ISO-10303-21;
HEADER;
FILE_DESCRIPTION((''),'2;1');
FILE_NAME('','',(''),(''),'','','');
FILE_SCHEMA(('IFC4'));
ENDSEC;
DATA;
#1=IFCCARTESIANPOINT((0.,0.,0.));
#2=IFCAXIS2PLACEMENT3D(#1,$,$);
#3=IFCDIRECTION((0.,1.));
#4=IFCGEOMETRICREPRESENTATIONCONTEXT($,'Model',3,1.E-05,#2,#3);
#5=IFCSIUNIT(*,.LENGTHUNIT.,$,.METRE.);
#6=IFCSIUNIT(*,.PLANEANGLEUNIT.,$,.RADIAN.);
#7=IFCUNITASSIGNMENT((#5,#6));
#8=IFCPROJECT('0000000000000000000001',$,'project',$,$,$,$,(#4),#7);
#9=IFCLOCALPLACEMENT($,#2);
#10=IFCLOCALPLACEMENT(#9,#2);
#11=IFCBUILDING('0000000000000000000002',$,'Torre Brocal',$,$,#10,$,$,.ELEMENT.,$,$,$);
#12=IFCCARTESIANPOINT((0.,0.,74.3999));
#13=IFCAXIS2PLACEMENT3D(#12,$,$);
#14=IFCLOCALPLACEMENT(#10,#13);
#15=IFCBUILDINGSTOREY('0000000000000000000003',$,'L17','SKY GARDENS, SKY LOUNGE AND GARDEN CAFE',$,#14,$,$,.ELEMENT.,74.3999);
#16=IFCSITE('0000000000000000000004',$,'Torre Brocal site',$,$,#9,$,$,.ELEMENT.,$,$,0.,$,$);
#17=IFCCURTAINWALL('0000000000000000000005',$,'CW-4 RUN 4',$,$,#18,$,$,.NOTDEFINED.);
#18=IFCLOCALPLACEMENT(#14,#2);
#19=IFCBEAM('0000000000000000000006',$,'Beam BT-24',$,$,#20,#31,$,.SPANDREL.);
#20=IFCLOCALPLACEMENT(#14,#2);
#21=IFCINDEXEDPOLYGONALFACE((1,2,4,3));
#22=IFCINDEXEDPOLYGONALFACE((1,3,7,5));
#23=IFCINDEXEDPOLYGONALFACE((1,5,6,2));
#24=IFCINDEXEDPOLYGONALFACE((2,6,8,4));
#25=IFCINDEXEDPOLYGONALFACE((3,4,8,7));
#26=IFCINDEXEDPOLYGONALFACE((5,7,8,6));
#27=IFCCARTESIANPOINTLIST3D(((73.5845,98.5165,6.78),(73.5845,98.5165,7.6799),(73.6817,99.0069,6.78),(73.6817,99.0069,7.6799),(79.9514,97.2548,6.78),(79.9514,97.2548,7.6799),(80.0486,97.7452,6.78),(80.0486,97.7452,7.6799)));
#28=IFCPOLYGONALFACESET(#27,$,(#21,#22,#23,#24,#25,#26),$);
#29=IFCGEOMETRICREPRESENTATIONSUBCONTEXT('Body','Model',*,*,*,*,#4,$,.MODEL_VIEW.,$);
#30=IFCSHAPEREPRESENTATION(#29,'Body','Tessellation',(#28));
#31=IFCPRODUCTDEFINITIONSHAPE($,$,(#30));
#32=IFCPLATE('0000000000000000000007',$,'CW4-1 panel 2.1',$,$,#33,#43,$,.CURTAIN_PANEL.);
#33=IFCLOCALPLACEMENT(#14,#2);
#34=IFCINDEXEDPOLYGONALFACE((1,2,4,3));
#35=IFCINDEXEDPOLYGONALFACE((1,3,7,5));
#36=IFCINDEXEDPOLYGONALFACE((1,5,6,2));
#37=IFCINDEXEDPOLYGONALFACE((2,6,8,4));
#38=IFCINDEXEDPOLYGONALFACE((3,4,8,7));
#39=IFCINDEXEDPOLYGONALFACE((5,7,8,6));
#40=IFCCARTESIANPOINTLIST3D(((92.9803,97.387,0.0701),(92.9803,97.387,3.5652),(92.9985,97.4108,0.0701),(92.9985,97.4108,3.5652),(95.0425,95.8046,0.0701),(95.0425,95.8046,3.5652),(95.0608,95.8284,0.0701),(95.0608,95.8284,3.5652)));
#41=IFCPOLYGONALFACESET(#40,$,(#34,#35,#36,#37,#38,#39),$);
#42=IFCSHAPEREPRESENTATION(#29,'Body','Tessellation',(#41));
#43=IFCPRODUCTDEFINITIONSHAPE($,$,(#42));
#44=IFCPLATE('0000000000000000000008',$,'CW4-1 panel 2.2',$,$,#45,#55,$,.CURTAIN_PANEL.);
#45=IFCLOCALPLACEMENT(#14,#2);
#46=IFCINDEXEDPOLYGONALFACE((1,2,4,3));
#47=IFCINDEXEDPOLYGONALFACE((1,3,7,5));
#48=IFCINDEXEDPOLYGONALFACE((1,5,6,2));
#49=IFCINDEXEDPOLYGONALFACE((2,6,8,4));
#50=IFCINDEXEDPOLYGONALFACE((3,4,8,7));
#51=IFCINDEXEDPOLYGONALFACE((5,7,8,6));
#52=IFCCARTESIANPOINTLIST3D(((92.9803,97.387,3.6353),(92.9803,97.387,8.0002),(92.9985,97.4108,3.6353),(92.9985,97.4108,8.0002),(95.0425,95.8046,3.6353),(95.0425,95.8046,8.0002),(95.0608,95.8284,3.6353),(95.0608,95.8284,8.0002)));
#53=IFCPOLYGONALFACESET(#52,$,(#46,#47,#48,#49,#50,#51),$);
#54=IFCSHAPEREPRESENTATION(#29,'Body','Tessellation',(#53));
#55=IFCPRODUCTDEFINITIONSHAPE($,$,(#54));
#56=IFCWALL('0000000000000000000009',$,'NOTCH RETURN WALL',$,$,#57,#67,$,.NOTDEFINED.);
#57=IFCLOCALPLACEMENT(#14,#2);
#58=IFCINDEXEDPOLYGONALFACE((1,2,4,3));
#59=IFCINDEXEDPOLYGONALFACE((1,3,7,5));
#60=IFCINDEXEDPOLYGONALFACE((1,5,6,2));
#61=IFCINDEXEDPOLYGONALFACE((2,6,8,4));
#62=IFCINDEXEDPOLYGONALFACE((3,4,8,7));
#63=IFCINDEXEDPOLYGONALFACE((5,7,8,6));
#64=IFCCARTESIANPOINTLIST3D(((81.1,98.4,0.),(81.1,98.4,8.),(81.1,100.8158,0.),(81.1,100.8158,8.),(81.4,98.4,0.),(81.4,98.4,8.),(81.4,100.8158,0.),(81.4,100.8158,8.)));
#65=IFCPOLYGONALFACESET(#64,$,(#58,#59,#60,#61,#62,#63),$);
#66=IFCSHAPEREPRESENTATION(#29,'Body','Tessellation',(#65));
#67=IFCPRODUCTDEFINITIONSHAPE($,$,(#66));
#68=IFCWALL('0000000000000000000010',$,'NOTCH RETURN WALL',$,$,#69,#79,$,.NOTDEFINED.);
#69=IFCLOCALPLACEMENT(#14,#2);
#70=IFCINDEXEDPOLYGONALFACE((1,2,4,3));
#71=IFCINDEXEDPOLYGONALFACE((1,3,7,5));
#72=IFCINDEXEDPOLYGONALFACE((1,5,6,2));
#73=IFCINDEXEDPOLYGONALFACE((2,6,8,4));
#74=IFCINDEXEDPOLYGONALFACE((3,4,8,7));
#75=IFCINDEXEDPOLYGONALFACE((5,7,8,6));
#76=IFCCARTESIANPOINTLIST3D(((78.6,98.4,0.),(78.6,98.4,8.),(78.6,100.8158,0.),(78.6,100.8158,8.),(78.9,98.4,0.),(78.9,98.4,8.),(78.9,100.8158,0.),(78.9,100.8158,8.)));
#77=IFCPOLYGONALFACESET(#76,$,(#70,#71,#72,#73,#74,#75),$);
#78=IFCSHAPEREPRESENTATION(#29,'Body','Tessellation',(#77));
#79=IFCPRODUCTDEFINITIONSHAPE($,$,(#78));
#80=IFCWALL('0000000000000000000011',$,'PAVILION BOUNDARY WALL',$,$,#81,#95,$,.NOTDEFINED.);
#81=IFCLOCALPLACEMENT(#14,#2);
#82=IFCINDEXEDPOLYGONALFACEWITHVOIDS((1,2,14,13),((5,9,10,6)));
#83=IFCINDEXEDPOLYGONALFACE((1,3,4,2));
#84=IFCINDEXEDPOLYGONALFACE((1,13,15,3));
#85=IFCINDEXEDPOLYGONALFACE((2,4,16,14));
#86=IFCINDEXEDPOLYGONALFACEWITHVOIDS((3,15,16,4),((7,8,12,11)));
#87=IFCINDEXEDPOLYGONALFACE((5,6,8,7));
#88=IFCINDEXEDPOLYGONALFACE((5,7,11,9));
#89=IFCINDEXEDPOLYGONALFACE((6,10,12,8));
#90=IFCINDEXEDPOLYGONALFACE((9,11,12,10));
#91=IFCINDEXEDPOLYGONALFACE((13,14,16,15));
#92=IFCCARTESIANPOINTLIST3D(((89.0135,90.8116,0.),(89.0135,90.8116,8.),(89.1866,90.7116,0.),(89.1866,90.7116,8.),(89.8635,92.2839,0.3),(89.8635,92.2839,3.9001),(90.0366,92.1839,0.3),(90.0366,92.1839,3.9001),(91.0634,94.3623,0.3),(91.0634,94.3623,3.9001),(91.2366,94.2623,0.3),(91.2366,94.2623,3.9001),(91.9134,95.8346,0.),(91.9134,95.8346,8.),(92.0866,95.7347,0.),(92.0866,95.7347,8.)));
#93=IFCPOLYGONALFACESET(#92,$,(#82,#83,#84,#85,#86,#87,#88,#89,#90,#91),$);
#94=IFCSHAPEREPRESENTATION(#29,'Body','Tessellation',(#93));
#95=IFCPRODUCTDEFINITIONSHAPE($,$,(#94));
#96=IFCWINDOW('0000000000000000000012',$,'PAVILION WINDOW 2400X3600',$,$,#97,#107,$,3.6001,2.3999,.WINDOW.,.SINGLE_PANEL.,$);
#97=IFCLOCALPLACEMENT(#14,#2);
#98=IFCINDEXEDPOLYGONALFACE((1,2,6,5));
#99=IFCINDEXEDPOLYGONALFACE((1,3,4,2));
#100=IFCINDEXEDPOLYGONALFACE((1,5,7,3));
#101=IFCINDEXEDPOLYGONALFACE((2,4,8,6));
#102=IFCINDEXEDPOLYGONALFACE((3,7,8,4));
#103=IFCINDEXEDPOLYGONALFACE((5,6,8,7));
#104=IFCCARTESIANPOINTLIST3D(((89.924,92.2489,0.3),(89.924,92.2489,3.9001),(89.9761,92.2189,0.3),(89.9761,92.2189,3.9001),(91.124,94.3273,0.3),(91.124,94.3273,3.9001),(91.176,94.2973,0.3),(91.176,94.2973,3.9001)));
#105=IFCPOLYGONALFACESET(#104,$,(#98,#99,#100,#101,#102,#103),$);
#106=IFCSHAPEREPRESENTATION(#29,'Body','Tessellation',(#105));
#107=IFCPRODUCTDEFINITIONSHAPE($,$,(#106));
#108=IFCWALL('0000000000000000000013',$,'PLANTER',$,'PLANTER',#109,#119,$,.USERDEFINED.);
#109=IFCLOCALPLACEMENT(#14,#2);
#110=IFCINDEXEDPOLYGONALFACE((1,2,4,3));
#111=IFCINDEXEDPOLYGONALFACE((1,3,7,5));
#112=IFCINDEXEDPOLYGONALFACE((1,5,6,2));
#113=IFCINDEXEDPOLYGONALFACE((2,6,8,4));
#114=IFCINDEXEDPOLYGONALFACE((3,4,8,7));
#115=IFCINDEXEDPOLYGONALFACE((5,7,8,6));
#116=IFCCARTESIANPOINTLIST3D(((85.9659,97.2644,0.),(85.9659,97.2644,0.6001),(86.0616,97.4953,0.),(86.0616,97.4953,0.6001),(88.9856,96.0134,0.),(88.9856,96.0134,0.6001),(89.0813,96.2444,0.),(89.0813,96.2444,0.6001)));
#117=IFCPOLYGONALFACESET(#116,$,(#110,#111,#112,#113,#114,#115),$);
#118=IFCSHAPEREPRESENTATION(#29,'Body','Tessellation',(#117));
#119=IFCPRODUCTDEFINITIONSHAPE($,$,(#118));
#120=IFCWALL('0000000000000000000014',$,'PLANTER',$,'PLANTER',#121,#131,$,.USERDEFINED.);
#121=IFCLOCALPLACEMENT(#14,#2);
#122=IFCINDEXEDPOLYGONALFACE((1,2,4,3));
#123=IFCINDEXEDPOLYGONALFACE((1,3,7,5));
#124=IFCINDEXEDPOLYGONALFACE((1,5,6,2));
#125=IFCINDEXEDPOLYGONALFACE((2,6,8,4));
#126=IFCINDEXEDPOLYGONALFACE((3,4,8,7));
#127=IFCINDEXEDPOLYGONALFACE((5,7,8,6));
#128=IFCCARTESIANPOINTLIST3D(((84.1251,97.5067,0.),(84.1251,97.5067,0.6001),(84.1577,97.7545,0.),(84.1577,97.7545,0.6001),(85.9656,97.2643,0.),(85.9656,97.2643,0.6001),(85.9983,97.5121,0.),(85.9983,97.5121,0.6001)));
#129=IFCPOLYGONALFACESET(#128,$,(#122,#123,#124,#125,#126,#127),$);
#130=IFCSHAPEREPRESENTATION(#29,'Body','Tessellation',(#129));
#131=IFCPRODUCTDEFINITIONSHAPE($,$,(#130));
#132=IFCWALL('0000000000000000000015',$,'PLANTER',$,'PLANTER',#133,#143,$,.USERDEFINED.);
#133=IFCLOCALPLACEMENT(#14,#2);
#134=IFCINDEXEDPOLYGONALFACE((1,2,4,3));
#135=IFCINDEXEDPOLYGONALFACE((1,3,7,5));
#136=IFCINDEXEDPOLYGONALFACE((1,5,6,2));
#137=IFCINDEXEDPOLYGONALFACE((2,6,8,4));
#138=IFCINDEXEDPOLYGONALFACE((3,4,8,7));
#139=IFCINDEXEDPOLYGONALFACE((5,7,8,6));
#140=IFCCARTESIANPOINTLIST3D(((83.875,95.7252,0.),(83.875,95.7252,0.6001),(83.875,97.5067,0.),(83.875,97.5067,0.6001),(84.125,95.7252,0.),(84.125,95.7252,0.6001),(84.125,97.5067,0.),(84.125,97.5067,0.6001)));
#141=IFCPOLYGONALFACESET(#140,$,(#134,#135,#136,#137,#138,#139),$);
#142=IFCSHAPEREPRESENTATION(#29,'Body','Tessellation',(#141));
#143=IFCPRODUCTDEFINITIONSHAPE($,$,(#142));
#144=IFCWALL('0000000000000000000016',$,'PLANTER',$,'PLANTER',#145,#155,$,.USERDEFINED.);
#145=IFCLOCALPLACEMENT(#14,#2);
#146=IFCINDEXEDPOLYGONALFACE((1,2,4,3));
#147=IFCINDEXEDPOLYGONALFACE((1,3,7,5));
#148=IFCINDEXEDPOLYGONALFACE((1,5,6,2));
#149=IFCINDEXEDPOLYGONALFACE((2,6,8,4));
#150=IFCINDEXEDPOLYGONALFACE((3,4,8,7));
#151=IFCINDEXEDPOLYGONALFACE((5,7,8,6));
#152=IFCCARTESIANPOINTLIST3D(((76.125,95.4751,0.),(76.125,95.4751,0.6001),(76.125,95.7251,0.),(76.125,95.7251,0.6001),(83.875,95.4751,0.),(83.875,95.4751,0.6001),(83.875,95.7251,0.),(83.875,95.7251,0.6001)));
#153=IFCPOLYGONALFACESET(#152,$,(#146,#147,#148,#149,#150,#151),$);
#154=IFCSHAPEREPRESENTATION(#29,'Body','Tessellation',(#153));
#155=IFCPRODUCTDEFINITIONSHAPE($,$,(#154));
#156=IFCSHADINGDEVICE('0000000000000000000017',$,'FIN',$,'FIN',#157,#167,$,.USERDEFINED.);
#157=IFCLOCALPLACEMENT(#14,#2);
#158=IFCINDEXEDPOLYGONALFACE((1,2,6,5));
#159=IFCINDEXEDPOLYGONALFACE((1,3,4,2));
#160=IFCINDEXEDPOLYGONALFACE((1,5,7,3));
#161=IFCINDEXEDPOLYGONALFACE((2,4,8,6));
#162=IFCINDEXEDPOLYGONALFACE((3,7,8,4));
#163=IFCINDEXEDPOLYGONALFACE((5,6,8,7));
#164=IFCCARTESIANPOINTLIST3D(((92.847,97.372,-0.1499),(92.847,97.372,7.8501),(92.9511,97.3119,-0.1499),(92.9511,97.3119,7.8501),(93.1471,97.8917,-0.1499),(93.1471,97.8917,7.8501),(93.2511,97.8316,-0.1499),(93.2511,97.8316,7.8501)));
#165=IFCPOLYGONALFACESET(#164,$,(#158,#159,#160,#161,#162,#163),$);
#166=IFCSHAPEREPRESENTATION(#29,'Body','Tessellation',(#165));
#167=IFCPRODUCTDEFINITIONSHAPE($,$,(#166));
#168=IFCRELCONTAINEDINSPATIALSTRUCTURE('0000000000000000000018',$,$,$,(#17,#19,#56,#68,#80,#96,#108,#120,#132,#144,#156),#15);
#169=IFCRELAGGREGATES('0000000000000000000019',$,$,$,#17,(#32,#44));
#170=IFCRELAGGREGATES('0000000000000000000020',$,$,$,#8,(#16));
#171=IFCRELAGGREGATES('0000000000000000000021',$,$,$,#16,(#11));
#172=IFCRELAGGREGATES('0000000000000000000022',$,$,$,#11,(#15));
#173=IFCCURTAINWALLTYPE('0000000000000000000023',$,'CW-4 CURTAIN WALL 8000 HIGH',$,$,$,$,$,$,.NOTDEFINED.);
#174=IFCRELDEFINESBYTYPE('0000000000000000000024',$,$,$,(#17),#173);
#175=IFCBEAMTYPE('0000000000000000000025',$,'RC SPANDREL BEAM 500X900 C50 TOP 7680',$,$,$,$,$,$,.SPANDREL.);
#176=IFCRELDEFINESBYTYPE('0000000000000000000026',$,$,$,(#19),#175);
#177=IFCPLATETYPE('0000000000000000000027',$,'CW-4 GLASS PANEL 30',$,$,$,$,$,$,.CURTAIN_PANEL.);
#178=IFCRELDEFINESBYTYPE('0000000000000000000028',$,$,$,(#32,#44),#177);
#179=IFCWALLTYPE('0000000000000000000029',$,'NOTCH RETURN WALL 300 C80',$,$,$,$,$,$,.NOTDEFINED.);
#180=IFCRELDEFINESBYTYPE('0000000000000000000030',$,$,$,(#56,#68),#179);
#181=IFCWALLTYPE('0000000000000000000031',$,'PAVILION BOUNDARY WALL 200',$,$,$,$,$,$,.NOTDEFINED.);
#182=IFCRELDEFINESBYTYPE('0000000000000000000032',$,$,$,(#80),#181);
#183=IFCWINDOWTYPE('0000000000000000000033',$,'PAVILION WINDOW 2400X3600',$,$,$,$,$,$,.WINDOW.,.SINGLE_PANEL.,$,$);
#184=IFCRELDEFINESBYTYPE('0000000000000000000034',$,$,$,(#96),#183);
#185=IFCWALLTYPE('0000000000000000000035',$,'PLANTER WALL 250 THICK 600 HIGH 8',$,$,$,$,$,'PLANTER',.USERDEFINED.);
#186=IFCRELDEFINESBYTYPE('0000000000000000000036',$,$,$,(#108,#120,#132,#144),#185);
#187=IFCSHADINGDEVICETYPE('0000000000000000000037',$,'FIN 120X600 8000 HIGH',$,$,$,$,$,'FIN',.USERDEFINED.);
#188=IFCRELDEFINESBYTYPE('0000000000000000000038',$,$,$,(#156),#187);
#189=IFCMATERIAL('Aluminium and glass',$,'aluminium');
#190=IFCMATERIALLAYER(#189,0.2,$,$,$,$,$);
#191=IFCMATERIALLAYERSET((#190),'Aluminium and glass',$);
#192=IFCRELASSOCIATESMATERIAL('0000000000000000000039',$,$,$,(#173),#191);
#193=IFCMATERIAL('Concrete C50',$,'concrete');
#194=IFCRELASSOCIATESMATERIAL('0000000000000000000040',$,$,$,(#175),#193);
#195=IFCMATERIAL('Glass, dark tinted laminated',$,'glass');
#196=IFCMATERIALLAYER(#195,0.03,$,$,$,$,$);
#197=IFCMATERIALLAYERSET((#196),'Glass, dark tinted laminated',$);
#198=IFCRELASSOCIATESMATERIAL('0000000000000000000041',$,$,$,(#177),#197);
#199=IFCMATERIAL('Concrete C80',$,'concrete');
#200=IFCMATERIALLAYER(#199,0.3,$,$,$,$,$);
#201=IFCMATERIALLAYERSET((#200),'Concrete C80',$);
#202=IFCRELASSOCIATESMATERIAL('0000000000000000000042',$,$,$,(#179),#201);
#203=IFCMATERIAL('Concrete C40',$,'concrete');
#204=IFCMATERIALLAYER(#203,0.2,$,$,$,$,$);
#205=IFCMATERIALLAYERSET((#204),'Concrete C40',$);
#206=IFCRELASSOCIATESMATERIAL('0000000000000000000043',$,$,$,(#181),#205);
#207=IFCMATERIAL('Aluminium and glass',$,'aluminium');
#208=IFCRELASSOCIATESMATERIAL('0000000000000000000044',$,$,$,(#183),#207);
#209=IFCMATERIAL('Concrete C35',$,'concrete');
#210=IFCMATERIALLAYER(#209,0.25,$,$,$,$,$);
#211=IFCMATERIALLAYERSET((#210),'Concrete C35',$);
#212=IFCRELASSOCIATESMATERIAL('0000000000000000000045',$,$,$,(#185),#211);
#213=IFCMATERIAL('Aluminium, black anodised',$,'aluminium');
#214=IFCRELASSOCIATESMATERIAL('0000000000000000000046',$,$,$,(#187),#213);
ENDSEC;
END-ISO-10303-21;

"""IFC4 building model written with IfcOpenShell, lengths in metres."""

from ifc_helpers import new_model, si_unit, direction, frame, frame_2d, origin, origin_2d, place, context, subcontext, project, spatial, rectangle, extrude, material, layer, layer_set, material_profile, profile_set, type_object, element, fill, aggregate, save


model = new_model("IFC4")

# Units and contexts
model_context = context("Model", 3, precision=1e-05, world=origin(), true_north=direction((0.0, 1.0)))
body_context = subcontext(model_context, "Body", "Model", "MODEL_VIEW")
ifc_project = project(units=[si_unit("LENGTHUNIT", "METRE"), si_unit("PLANEANGLEUNIT", "RADIAN")], contexts=[model_context])

# Site, building, storey
site_placement = place(None, origin())
site = spatial("IfcSite", under=ifc_project, at=site_placement, Name="Torre Brocal site", CompositionType="ELEMENT", RefElevation=0.0)
building_placement = place(site_placement, origin())
building = spatial("IfcBuilding", under=site, at=building_placement, Name="Torre Brocal", CompositionType="ELEMENT")
storey_placement = place(building_placement, frame((0.0, 0.0, 74.3999)))
storey = spatial("IfcBuildingStorey", under=building, at=storey_placement, Name="L17", Description="SKY GARDENS, SKY LOUNGE AND GARDEN CAFE", CompositionType="ELEMENT", Elevation=74.3999)

# Curtain wall
ifc_material_1 = material(Name="Aluminium and glass", Category="aluminium")
ifc_layer_1 = layer(ifc_material_1, 0.2)
ifc_layer_set_1 = layer_set([ifc_layer_1], Name="Aluminium and glass")
curtain_wall_type = type_object("IfcCurtainWallType", Name="CW-4 CURTAIN WALL 8000 HIGH", PredefinedType="NOTDEFINED", material=ifc_layer_set_1)
curtain_wall_placement = place(storey_placement, origin())
curtain_wall = element("IfcCurtainWall", 1, at=curtain_wall_placement, inside=storey, type_object=curtain_wall_type, Name="CW-4 RUN 4", PredefinedType="NOTDEFINED")

# Beam
ifc_material_2 = material(Name="Concrete C50", Category="concrete")
ifc_material_profile_1 = material_profile(ifc_material_2, rectangle(XDim=0.5, YDim=0.8999, at=origin_2d()), Name="RC 500X900")
ifc_profile_set_1 = profile_set([ifc_material_profile_1], Name="Concrete C50")
beam_type_1 = type_object("IfcBeamType", Name="RC SPANDREL BEAM 500X900 C50 TOP 7680", PredefinedType="SPANDREL", material=ifc_profile_set_1)
for number, where, z_axis, x_axis, name in (
    (2, (80.0, 97.5, 7.23), (-0.980925, 0.194387, 0.0), (-0.194387, -0.980925, 0.0), "Beam BT-24"),
):
    element("IfcBeam", number, at=place(storey_placement, frame(where, z_axis=z_axis, x_axis=x_axis)), inside=storey, type_object=beam_type_1, Name=name, PredefinedType="SPANDREL", context=body_context, shape_type="SweptSolid", body=[
        extrude(rectangle(XDim=0.5, YDim=0.8999, at=origin_2d()), origin(), (0.0, 0.0, 1.0), 6.4907),
    ])

# Plates
ifc_material_3 = material(Name="Glass, dark tinted laminated", Category="glass")
ifc_layer_2 = layer(ifc_material_3, 0.03)
ifc_layer_set_2 = layer_set([ifc_layer_2], Name="Glass, dark tinted laminated")
plate_type = type_object("IfcPlateType", Name="CW-4 GLASS PANEL 30", PredefinedType="CURTAIN_PANEL", material=ifc_layer_set_2)
plate_1_placement = place(storey_placement, frame((94.0205, 96.6077, 0.0701), z_axis=(0.0, 0.0, 1.0), x_axis=(-0.793353, 0.608761, 0.0)))
plate_1 = element("IfcPlate", 3, at=plate_1_placement, type_object=plate_type, Name="CW4-1 panel 2.1", PredefinedType="CURTAIN_PANEL", context=body_context, shape_type="SweptSolid", body=[
    extrude(rectangle(XDim=2.5994, YDim=0.03, at=origin_2d()), origin(), (0.0, 0.0, 1.0), 3.4951),
])
plate_2_placement = place(storey_placement, frame((94.0205, 96.6077, 3.6353), z_axis=(0.0, 0.0, 1.0), x_axis=(-0.793353, 0.608761, 0.0)))
plate_2 = element("IfcPlate", 4, at=plate_2_placement, type_object=plate_type, Name="CW4-1 panel 2.2", PredefinedType="CURTAIN_PANEL", context=body_context, shape_type="SweptSolid", body=[
    extrude(rectangle(XDim=2.5994, YDim=0.03, at=origin_2d()), origin(), (0.0, 0.0, 1.0), 4.365),
])
aggregate(curtain_wall, [plate_1, plate_2])

# Walls
ifc_material_4 = material(Name="Concrete C80", Category="concrete")
ifc_layer_3 = layer(ifc_material_4, 0.3)
ifc_layer_set_3 = layer_set([ifc_layer_3], Name="Concrete C80")
wall_type_1 = type_object("IfcWallType", Name="NOTCH RETURN WALL 300 C80", PredefinedType="NOTDEFINED", material=ifc_layer_set_3)
for number, where, z_axis, x_axis, name in (
    (5, (81.25, 98.3999, 0.0), (0.0, 0.0, 1.0), (0.0, 1.0, 0.0), "NOTCH RETURN WALL"),
    (6, (78.75, 98.3999, 0.0), (0.0, 0.0, 1.0), (0.0, 1.0, 0.0), "NOTCH RETURN WALL"),
):
    element("IfcWall", number, at=place(storey_placement, frame(where, z_axis=z_axis, x_axis=x_axis)), inside=storey, type_object=wall_type_1, Name=name, PredefinedType="NOTDEFINED", context=body_context, shape_type="SweptSolid", body=[
        extrude(rectangle(XDim=2.4158, YDim=0.3, at=frame_2d((1.208, 0.0))), origin(), (0.0, 0.0, 1.0), 8.0),
    ])

# Wall, opening, window
ifc_material_5 = material(Name="Concrete C40", Category="concrete")
ifc_layer_4 = layer(ifc_material_5, 0.2)
ifc_layer_set_4 = layer_set([ifc_layer_4], Name="Concrete C40")
wall_type_2 = type_object("IfcWallType", Name="PAVILION BOUNDARY WALL 200", PredefinedType="NOTDEFINED", material=ifc_layer_set_4)
wall_1_placement = place(storey_placement, frame((89.1001, 90.7617, 0.0), z_axis=(0.0, 0.0, 1.0), x_axis=(0.499987, 0.866033, 0.0)))
wall_1 = element("IfcWall", 7, at=wall_1_placement, inside=storey, type_object=wall_type_2, Name="PAVILION BOUNDARY WALL", PredefinedType="NOTDEFINED", context=body_context, shape_type="SweptSolid", body=[
    extrude(rectangle(XDim=5.8, YDim=0.2, at=frame_2d((2.8999, 0.0))), origin(), (0.0, 0.0, 1.0), 8.0),
])
opening_placement = place(wall_1_placement, frame((1.7, 0.0, 0.3)))
opening = element("IfcOpeningElement", 8, at=opening_placement, cuts=wall_1, PredefinedType="OPENING", context=body_context, shape_type="SweptSolid", body=[
    extrude(rectangle(XDim=2.3999, YDim=3.6001, at=frame_2d((1.2, 1.8))), frame((0.0, 0.1099, 0.0), z_axis=(0.0, -1.0, 0.0), x_axis=(1.0, 0.0, 0.0)), (0.0, 0.0, 1.0), 0.22),
])
ifc_material_6 = material(Name="Aluminium and glass", Category="aluminium")
window_type = type_object("IfcWindowType", Name="PAVILION WINDOW 2400X3600", PartitioningType="SINGLE_PANEL", PredefinedType="WINDOW", material=ifc_material_6)
window_placement = place(opening_placement, origin())
window = element("IfcWindow", 9, at=window_placement, inside=storey, type_object=window_type, Name="PAVILION WINDOW 2400X3600", OverallHeight=3.6001, OverallWidth=2.3999, PartitioningType="SINGLE_PANEL", PredefinedType="WINDOW", context=body_context, shape_type="SweptSolid", body=[
    extrude(rectangle(XDim=2.3999, YDim=3.6001, at=frame_2d((1.2, 1.8))), frame((0.0, 0.03, 0.0), z_axis=(0.0, -1.0, 0.0), x_axis=(1.0, 0.0, 0.0)), (0.0, 0.0, 1.0), 0.0601),
])
fill(opening, window)

# Walls
ifc_material_7 = material(Name="Concrete C35", Category="concrete")
ifc_layer_5 = layer(ifc_material_7, 0.25)
ifc_layer_set_5 = layer_set([ifc_layer_5], Name="Concrete C35")
wall_type_3 = type_object("IfcWallType", Name="PLANTER WALL 250 THICK 600 HIGH 8", ElementType="PLANTER", PredefinedType="USERDEFINED", material=ifc_layer_set_5)
wall_2_placement = place(storey_placement, frame((89.0334, 96.1289, 0.0), z_axis=(0.0, 0.0, 1.0), x_axis=(-0.923864, 0.382721, 0.0)))
element("IfcWall", 10, at=wall_2_placement, inside=storey, type_object=wall_type_3, Name="PLANTER", ObjectType="PLANTER", PredefinedType="USERDEFINED", context=body_context, shape_type="SweptSolid", body=[
    extrude(rectangle(XDim=3.2686, YDim=0.25, at=frame_2d((1.6343, 0.0))), origin(), (0.0, 0.0, 1.0), 0.6001),
])
wall_3_placement = place(storey_placement, frame((85.9819, 97.3882, 0.0), z_axis=(0.0, 0.0, 1.0), x_axis=(-0.991437, 0.130587, 0.0)))
element("IfcWall", 11, at=wall_3_placement, inside=storey, type_object=wall_type_3, Name="PLANTER", ObjectType="PLANTER", PredefinedType="USERDEFINED", context=body_context, shape_type="SweptSolid", body=[
    extrude(rectangle(XDim=1.8564, YDim=0.25, at=frame_2d((0.9282, 0.0))), origin(), (0.0, 0.0, 1.0), 0.6001),
])
wall_4_placement = place(storey_placement, frame((84.0, 97.5066, 0.0), z_axis=(0.0, 0.0, 1.0), x_axis=(0.0, -1.0, 0.0)))
element("IfcWall", 12, at=wall_4_placement, inside=storey, type_object=wall_type_3, Name="PLANTER", ObjectType="PLANTER", PredefinedType="USERDEFINED", context=body_context, shape_type="SweptSolid", body=[
    extrude(rectangle(XDim=1.7815, YDim=0.25, at=frame_2d((0.8906, 0.0))), origin(), (0.0, 0.0, 1.0), 0.6001),
])
wall_5_placement = place(storey_placement, frame((83.875, 95.6001, 0.0), z_axis=(0.0, 0.0, 1.0), x_axis=(-1.0, 0.0, 0.0)))
element("IfcWall", 13, at=wall_5_placement, inside=storey, type_object=wall_type_3, Name="PLANTER", ObjectType="PLANTER", PredefinedType="USERDEFINED", context=body_context, shape_type="SweptSolid", body=[
    extrude(rectangle(XDim=7.75, YDim=0.25, at=frame_2d((3.875, 0.0))), origin(), (0.0, 0.0, 1.0), 0.6001),
])

# Shading device
ifc_material_8 = material(Name="Aluminium, black anodised", Category="aluminium")
ifc_material_profile_2 = material_profile(ifc_material_8, rectangle(XDim=0.1201, YDim=0.6001, at=origin_2d()), Name="FIN 120X600 8000 HIGH")
ifc_profile_set_2 = profile_set([ifc_material_profile_2], Name="Aluminium, black anodised")
shading_device_type = type_object("IfcShadingDeviceType", Name="FIN 120X600 8000 HIGH", ElementType="FIN", PredefinedType="USERDEFINED", material=ifc_profile_set_2)
shading_device_placement = place(storey_placement, frame((93.0491, 97.6018, -0.1499), z_axis=(0.0, 0.0, 1.0), x_axis=(-0.866025, 0.5, 0.0)))
element("IfcShadingDevice", 14, at=shading_device_placement, inside=storey, type_object=shading_device_type, Name="FIN", ObjectType="FIN", PredefinedType="USERDEFINED", context=body_context, shape_type="SweptSolid", body=[
    extrude(rectangle(XDim=0.1201, YDim=0.6001, at=origin_2d()), origin(), (0.0, 0.0, 1.0), 8.0),
])

save(model, "model.ifc")
